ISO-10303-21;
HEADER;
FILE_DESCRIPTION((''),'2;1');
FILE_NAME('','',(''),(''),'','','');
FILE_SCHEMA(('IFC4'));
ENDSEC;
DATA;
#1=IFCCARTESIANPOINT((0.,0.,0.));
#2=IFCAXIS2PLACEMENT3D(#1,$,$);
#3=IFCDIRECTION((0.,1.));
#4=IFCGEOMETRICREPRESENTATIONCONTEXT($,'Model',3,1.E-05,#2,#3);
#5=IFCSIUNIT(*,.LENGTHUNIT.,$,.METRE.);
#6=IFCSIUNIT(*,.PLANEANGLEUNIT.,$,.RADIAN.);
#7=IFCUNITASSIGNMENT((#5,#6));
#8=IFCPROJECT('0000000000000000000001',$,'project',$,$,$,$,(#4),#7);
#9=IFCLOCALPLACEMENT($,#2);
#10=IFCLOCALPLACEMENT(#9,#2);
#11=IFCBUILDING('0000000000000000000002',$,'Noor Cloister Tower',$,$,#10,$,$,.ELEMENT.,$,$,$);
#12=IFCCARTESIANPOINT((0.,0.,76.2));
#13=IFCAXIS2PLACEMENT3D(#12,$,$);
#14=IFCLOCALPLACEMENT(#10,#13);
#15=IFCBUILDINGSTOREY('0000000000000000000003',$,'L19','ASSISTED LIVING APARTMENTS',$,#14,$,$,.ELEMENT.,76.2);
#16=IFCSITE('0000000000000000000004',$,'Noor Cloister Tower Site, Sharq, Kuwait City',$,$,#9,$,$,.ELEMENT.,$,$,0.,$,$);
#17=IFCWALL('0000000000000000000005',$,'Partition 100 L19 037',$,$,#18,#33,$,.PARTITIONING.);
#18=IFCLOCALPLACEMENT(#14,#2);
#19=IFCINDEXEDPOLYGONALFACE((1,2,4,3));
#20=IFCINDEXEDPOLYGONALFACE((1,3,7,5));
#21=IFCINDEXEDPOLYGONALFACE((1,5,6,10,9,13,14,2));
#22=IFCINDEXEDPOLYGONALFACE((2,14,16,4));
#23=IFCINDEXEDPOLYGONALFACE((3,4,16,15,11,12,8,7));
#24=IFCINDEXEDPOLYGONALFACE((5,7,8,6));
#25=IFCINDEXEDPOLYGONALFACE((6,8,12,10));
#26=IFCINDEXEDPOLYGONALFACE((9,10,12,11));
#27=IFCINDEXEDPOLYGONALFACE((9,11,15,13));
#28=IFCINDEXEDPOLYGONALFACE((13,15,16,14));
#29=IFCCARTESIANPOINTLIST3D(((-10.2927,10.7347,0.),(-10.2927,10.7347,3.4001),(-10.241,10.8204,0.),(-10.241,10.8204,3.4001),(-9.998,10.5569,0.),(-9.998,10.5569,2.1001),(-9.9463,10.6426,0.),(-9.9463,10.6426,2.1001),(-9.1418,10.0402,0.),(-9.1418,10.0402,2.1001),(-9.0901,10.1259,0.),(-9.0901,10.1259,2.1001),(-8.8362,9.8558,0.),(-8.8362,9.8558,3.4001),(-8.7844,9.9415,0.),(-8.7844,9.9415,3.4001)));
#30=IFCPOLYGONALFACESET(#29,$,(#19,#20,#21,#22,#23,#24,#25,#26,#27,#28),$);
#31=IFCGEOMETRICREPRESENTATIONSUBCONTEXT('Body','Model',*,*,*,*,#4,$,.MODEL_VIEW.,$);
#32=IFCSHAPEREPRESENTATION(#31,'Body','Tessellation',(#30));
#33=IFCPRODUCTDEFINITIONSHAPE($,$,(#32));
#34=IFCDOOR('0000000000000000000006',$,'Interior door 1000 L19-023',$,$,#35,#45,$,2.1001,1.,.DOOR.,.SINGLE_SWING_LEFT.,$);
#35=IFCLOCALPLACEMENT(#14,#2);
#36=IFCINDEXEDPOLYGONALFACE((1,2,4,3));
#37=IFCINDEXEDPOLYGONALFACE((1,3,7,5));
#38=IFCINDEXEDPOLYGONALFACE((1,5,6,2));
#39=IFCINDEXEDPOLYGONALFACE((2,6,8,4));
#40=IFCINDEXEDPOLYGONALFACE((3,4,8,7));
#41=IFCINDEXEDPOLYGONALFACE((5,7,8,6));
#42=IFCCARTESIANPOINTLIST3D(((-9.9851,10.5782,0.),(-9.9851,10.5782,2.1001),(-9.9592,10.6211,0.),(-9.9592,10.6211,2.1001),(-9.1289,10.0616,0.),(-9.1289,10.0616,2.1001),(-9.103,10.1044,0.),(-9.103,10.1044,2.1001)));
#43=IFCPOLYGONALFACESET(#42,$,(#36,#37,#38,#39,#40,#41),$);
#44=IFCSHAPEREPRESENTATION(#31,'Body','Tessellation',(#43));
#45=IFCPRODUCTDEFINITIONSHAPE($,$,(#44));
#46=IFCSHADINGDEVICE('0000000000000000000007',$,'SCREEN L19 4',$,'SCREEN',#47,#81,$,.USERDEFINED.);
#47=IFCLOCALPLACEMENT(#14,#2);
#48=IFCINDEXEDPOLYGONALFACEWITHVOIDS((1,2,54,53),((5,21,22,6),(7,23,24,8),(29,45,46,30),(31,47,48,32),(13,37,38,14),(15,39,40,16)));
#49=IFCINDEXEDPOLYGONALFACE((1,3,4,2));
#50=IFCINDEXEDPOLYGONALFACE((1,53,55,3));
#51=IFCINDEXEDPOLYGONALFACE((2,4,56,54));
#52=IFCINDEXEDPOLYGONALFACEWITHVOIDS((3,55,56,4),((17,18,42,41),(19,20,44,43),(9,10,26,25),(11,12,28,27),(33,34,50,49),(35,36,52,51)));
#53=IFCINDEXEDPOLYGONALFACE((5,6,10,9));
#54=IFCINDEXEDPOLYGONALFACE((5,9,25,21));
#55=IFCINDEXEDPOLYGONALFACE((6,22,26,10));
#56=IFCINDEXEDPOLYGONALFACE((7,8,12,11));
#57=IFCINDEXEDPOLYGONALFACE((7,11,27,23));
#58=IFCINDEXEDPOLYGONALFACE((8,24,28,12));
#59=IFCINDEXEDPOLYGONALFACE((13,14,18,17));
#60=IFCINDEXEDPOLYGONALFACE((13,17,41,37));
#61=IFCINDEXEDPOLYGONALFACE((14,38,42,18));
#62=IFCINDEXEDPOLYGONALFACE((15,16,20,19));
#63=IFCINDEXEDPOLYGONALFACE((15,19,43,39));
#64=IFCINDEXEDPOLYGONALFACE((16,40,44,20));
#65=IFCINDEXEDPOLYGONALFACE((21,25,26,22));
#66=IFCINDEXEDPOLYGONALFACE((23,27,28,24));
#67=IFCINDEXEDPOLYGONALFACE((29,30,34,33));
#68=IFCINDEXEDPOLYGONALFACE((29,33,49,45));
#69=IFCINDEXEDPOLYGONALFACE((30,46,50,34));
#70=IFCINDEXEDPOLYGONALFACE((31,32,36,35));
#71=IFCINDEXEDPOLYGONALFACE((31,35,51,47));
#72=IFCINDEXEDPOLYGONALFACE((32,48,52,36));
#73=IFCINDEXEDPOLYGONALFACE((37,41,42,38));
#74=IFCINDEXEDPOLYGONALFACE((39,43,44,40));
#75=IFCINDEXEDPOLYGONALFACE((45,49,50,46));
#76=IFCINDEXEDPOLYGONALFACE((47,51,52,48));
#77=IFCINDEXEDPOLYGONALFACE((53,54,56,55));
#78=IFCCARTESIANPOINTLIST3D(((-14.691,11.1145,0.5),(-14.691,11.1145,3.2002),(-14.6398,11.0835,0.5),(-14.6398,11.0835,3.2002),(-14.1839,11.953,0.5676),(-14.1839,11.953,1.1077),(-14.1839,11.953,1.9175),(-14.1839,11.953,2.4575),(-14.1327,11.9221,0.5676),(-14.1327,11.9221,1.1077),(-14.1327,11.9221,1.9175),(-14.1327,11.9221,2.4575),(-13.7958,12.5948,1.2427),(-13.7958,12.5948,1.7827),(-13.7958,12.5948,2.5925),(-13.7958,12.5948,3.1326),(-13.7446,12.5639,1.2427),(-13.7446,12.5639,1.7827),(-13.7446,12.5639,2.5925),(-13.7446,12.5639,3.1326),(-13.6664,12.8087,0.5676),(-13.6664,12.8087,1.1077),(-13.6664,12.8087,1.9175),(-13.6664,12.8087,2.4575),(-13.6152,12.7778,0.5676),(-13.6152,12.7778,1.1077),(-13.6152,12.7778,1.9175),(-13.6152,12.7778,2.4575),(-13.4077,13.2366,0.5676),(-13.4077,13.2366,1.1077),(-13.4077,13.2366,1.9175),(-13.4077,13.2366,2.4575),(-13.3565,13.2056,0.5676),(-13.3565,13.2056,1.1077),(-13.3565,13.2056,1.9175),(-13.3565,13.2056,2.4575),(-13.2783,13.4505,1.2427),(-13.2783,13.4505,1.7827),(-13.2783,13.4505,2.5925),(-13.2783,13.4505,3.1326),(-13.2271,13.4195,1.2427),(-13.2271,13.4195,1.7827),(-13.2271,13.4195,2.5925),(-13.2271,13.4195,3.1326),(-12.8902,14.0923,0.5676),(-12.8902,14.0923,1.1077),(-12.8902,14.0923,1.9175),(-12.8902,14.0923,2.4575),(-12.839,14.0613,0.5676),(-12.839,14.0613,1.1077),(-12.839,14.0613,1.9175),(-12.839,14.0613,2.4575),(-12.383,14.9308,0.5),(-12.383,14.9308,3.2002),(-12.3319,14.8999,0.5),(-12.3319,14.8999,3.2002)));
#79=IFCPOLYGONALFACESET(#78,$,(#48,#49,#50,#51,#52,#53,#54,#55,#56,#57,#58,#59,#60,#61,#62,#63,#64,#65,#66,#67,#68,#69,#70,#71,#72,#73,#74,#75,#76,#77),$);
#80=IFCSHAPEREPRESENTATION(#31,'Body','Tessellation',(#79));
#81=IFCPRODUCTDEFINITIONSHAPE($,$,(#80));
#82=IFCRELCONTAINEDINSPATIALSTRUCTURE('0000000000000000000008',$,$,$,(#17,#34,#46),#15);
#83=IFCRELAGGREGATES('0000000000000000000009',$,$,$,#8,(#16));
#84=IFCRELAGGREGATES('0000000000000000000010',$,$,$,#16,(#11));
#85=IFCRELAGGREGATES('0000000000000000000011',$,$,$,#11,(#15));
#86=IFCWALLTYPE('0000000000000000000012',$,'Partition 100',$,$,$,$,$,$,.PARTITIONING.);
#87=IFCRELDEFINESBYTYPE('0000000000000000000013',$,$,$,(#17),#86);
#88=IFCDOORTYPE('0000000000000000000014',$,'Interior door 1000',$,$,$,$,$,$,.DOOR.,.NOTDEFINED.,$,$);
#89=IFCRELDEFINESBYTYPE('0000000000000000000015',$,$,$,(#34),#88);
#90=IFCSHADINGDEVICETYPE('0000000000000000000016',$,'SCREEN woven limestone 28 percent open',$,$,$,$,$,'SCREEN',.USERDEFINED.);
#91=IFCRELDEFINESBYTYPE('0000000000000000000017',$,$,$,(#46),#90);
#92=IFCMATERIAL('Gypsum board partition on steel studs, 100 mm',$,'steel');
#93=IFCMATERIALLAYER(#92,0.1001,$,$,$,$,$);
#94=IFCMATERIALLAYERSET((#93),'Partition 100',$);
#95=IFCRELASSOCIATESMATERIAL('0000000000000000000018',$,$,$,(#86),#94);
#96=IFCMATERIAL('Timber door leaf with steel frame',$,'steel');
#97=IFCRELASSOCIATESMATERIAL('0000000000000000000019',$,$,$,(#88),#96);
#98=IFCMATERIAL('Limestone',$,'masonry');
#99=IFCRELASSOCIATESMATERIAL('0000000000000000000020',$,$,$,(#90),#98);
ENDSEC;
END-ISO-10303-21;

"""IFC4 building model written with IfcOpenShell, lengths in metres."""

from ifc_helpers import new_model, si_unit, direction, frame, frame_2d, origin, place, context, subcontext, project, spatial, polyline, rectangle, outline, extrude, material, layer, layer_set, material_profile, profile_set, type_object, element, fill, save


model = new_model("IFC4")

# Units and contexts
model_context = context("Model", 3, precision=1e-05, world=origin(), true_north=direction((0.0, 1.0)))
body_context = subcontext(model_context, "Body", "Model", "MODEL_VIEW")
ifc_project = project(units=[si_unit("LENGTHUNIT", "METRE"), si_unit("PLANEANGLEUNIT", "RADIAN")], contexts=[model_context])

# Site, building, storey
site_placement = place(None, origin())
site = spatial("IfcSite", under=ifc_project, at=site_placement, Name="Noor Cloister Tower Site, Sharq, Kuwait City", CompositionType="ELEMENT", RefElevation=0.0)
building_placement = place(site_placement, origin())
building = spatial("IfcBuilding", under=site, at=building_placement, Name="Noor Cloister Tower", CompositionType="ELEMENT")
storey_placement = place(building_placement, frame((0.0, 0.0, 76.2)))
storey = spatial("IfcBuildingStorey", under=building, at=storey_placement, Name="L19", Description="ASSISTED LIVING APARTMENTS", CompositionType="ELEMENT", Elevation=76.2)

# Shared definitions
ifc_material_1 = material(Name="Gypsum board partition on steel studs, 100 mm", Category="steel")
ifc_layer_1 = layer(ifc_material_1, 0.1001)
ifc_layer_set_1 = layer_set([ifc_layer_1], Name="Partition 100")
wall_type_1 = type_object("IfcWallType", Name="Partition 100", PredefinedType="PARTITIONING", material=ifc_layer_set_1)

# Wall, opening, door
wall_1_placement = place(storey_placement, frame((-10.2668, 10.7776, 0.0), z_axis=(0.0, 0.0, 1.0), x_axis=(0.856199, -0.516647, 0.0)))
wall_1 = element("IfcWall", 1, at=wall_1_placement, inside=storey, type_object=wall_type_1, Name="Partition 100 L19 037", PredefinedType="PARTITIONING", context=body_context, shape_type="SweptSolid", body=[
    extrude(rectangle(XDim=1.7012, YDim=0.1001, at=frame_2d((0.8506, 0.0))), origin(), (0.0, 0.0, 1.0), 3.4001),
])
opening_1_placement = place(wall_1_placement, frame((0.3442, 0.0, 0.0)))
opening_1 = element("IfcOpeningElement", 2, at=opening_1_placement, cuts=wall_1, PredefinedType="OPENING", context=body_context, shape_type="SweptSolid", body=[
    extrude(rectangle(XDim=1.0, YDim=2.1001, at=frame_2d((0.5, 1.05))), frame((0.0, 0.0601, 0.0), z_axis=(0.0, -1.0, 0.0), x_axis=(1.0, 0.0, 0.0)), (0.0, 0.0, 1.0), 0.1201),
])
ifc_material_2 = material(Name="Timber door leaf with steel frame", Category="steel")
door_type_1 = type_object("IfcDoorType", Name="Interior door 1000", OperationType="NOTDEFINED", PredefinedType="DOOR", material=ifc_material_2)
door_1_placement = place(opening_1_placement, origin())
door_1 = element("IfcDoor", 3, at=door_1_placement, inside=storey, type_object=door_type_1, Name="Interior door 1000 L19-023", OperationType="SINGLE_SWING_LEFT", OverallHeight=2.1001, OverallWidth=1.0, PredefinedType="DOOR", context=body_context, shape_type="SweptSolid", body=[
    extrude(rectangle(XDim=1.0, YDim=2.1001, at=frame_2d((0.5, 1.05))), frame((0.0, 0.0249, 0.0), z_axis=(0.0, -1.0, 0.0), x_axis=(1.0, 0.0, 0.0)), (0.0, 0.0, 1.0), 0.05),
])
fill(opening_1, door_1)

# Shading device
ifc_material_3 = material(Name="Limestone", Category="masonry")
ifc_material_profile_1 = material_profile(ifc_material_3, outline(polyline([(-2.23, -1.3501), (2.23, -1.3501), (2.23, 1.3501), (-2.23, 1.3501), (-2.23, -1.3501)]), holes=[polyline([(-1.25, -1.2825), (-0.25, -1.2825), (-0.25, -0.7424), (-1.25, -0.7424), (-1.25, -1.2825)]), polyline([(0.25, -1.2825), (1.25, -1.2825), (1.25, -0.7424), (0.25, -0.7424), (0.25, -1.2825)]), polyline([(-0.5, -0.6074), (0.5, -0.6074), (0.5, -0.0674), (-0.5, -0.0674), (-0.5, -0.6074)]), polyline([(-1.25, 0.0674), (-0.25, 0.0674), (-0.25, 0.6074), (-1.25, 0.6074), (-1.25, 0.0674)]), polyline([(0.25, 0.0674), (1.25, 0.0674), (1.25, 0.6074), (0.25, 0.6074), (0.25, 0.0674)]), polyline([(-0.5, 0.7424), (0.5, 0.7424), (0.5, 1.2825), (-0.5, 1.2825), (-0.5, 0.7424)])]), Name="Woven screen 28 percent open")
ifc_profile_set_1 = profile_set([ifc_material_profile_1], Name="Limestone")
shading_device_type = type_object("IfcShadingDeviceType", Name="SCREEN woven limestone 28 percent open", ElementType="SCREEN", PredefinedType="USERDEFINED", material=ifc_profile_set_1)
shading_device_placement = place(storey_placement, frame((-13.4858, 12.9917, 1.8501), z_axis=(-0.85569, 0.517489, 0.0), x_axis=(-0.517489, -0.85569, 0.0)))
element("IfcShadingDevice", 4, at=shading_device_placement, inside=storey, type_object=shading_device_type, Name="SCREEN L19 4", ObjectType="SCREEN", PredefinedType="USERDEFINED", context=body_context, shape_type="SweptSolid", body=[
    extrude(outline(polyline([(-2.23, -1.3501), (2.23, -1.3501), (2.23, 1.3501), (-2.23, 1.3501), (-2.23, -1.3501)]), holes=[polyline([(-1.25, -1.2825), (-0.25, -1.2825), (-0.25, -0.7424), (-1.25, -0.7424), (-1.25, -1.2825)]), polyline([(0.25, -1.2825), (1.25, -1.2825), (1.25, -0.7424), (0.25, -0.7424), (0.25, -1.2825)]), polyline([(-0.5, -0.6074), (0.5, -0.6074), (0.5, -0.0674), (-0.5, -0.0674), (-0.5, -0.6074)]), polyline([(-1.25, 0.0674), (-0.25, 0.0674), (-0.25, 0.6074), (-1.25, 0.6074), (-1.25, 0.0674)]), polyline([(0.25, 0.0674), (1.25, 0.0674), (1.25, 0.6074), (0.25, 0.6074), (0.25, 0.0674)]), polyline([(-0.5, 0.7424), (0.5, 0.7424), (0.5, 1.2825), (-0.5, 1.2825), (-0.5, 0.7424)])]), origin(), (0.0, 0.0, 1.0), 0.0598),
])

save(model, "model.ifc")
